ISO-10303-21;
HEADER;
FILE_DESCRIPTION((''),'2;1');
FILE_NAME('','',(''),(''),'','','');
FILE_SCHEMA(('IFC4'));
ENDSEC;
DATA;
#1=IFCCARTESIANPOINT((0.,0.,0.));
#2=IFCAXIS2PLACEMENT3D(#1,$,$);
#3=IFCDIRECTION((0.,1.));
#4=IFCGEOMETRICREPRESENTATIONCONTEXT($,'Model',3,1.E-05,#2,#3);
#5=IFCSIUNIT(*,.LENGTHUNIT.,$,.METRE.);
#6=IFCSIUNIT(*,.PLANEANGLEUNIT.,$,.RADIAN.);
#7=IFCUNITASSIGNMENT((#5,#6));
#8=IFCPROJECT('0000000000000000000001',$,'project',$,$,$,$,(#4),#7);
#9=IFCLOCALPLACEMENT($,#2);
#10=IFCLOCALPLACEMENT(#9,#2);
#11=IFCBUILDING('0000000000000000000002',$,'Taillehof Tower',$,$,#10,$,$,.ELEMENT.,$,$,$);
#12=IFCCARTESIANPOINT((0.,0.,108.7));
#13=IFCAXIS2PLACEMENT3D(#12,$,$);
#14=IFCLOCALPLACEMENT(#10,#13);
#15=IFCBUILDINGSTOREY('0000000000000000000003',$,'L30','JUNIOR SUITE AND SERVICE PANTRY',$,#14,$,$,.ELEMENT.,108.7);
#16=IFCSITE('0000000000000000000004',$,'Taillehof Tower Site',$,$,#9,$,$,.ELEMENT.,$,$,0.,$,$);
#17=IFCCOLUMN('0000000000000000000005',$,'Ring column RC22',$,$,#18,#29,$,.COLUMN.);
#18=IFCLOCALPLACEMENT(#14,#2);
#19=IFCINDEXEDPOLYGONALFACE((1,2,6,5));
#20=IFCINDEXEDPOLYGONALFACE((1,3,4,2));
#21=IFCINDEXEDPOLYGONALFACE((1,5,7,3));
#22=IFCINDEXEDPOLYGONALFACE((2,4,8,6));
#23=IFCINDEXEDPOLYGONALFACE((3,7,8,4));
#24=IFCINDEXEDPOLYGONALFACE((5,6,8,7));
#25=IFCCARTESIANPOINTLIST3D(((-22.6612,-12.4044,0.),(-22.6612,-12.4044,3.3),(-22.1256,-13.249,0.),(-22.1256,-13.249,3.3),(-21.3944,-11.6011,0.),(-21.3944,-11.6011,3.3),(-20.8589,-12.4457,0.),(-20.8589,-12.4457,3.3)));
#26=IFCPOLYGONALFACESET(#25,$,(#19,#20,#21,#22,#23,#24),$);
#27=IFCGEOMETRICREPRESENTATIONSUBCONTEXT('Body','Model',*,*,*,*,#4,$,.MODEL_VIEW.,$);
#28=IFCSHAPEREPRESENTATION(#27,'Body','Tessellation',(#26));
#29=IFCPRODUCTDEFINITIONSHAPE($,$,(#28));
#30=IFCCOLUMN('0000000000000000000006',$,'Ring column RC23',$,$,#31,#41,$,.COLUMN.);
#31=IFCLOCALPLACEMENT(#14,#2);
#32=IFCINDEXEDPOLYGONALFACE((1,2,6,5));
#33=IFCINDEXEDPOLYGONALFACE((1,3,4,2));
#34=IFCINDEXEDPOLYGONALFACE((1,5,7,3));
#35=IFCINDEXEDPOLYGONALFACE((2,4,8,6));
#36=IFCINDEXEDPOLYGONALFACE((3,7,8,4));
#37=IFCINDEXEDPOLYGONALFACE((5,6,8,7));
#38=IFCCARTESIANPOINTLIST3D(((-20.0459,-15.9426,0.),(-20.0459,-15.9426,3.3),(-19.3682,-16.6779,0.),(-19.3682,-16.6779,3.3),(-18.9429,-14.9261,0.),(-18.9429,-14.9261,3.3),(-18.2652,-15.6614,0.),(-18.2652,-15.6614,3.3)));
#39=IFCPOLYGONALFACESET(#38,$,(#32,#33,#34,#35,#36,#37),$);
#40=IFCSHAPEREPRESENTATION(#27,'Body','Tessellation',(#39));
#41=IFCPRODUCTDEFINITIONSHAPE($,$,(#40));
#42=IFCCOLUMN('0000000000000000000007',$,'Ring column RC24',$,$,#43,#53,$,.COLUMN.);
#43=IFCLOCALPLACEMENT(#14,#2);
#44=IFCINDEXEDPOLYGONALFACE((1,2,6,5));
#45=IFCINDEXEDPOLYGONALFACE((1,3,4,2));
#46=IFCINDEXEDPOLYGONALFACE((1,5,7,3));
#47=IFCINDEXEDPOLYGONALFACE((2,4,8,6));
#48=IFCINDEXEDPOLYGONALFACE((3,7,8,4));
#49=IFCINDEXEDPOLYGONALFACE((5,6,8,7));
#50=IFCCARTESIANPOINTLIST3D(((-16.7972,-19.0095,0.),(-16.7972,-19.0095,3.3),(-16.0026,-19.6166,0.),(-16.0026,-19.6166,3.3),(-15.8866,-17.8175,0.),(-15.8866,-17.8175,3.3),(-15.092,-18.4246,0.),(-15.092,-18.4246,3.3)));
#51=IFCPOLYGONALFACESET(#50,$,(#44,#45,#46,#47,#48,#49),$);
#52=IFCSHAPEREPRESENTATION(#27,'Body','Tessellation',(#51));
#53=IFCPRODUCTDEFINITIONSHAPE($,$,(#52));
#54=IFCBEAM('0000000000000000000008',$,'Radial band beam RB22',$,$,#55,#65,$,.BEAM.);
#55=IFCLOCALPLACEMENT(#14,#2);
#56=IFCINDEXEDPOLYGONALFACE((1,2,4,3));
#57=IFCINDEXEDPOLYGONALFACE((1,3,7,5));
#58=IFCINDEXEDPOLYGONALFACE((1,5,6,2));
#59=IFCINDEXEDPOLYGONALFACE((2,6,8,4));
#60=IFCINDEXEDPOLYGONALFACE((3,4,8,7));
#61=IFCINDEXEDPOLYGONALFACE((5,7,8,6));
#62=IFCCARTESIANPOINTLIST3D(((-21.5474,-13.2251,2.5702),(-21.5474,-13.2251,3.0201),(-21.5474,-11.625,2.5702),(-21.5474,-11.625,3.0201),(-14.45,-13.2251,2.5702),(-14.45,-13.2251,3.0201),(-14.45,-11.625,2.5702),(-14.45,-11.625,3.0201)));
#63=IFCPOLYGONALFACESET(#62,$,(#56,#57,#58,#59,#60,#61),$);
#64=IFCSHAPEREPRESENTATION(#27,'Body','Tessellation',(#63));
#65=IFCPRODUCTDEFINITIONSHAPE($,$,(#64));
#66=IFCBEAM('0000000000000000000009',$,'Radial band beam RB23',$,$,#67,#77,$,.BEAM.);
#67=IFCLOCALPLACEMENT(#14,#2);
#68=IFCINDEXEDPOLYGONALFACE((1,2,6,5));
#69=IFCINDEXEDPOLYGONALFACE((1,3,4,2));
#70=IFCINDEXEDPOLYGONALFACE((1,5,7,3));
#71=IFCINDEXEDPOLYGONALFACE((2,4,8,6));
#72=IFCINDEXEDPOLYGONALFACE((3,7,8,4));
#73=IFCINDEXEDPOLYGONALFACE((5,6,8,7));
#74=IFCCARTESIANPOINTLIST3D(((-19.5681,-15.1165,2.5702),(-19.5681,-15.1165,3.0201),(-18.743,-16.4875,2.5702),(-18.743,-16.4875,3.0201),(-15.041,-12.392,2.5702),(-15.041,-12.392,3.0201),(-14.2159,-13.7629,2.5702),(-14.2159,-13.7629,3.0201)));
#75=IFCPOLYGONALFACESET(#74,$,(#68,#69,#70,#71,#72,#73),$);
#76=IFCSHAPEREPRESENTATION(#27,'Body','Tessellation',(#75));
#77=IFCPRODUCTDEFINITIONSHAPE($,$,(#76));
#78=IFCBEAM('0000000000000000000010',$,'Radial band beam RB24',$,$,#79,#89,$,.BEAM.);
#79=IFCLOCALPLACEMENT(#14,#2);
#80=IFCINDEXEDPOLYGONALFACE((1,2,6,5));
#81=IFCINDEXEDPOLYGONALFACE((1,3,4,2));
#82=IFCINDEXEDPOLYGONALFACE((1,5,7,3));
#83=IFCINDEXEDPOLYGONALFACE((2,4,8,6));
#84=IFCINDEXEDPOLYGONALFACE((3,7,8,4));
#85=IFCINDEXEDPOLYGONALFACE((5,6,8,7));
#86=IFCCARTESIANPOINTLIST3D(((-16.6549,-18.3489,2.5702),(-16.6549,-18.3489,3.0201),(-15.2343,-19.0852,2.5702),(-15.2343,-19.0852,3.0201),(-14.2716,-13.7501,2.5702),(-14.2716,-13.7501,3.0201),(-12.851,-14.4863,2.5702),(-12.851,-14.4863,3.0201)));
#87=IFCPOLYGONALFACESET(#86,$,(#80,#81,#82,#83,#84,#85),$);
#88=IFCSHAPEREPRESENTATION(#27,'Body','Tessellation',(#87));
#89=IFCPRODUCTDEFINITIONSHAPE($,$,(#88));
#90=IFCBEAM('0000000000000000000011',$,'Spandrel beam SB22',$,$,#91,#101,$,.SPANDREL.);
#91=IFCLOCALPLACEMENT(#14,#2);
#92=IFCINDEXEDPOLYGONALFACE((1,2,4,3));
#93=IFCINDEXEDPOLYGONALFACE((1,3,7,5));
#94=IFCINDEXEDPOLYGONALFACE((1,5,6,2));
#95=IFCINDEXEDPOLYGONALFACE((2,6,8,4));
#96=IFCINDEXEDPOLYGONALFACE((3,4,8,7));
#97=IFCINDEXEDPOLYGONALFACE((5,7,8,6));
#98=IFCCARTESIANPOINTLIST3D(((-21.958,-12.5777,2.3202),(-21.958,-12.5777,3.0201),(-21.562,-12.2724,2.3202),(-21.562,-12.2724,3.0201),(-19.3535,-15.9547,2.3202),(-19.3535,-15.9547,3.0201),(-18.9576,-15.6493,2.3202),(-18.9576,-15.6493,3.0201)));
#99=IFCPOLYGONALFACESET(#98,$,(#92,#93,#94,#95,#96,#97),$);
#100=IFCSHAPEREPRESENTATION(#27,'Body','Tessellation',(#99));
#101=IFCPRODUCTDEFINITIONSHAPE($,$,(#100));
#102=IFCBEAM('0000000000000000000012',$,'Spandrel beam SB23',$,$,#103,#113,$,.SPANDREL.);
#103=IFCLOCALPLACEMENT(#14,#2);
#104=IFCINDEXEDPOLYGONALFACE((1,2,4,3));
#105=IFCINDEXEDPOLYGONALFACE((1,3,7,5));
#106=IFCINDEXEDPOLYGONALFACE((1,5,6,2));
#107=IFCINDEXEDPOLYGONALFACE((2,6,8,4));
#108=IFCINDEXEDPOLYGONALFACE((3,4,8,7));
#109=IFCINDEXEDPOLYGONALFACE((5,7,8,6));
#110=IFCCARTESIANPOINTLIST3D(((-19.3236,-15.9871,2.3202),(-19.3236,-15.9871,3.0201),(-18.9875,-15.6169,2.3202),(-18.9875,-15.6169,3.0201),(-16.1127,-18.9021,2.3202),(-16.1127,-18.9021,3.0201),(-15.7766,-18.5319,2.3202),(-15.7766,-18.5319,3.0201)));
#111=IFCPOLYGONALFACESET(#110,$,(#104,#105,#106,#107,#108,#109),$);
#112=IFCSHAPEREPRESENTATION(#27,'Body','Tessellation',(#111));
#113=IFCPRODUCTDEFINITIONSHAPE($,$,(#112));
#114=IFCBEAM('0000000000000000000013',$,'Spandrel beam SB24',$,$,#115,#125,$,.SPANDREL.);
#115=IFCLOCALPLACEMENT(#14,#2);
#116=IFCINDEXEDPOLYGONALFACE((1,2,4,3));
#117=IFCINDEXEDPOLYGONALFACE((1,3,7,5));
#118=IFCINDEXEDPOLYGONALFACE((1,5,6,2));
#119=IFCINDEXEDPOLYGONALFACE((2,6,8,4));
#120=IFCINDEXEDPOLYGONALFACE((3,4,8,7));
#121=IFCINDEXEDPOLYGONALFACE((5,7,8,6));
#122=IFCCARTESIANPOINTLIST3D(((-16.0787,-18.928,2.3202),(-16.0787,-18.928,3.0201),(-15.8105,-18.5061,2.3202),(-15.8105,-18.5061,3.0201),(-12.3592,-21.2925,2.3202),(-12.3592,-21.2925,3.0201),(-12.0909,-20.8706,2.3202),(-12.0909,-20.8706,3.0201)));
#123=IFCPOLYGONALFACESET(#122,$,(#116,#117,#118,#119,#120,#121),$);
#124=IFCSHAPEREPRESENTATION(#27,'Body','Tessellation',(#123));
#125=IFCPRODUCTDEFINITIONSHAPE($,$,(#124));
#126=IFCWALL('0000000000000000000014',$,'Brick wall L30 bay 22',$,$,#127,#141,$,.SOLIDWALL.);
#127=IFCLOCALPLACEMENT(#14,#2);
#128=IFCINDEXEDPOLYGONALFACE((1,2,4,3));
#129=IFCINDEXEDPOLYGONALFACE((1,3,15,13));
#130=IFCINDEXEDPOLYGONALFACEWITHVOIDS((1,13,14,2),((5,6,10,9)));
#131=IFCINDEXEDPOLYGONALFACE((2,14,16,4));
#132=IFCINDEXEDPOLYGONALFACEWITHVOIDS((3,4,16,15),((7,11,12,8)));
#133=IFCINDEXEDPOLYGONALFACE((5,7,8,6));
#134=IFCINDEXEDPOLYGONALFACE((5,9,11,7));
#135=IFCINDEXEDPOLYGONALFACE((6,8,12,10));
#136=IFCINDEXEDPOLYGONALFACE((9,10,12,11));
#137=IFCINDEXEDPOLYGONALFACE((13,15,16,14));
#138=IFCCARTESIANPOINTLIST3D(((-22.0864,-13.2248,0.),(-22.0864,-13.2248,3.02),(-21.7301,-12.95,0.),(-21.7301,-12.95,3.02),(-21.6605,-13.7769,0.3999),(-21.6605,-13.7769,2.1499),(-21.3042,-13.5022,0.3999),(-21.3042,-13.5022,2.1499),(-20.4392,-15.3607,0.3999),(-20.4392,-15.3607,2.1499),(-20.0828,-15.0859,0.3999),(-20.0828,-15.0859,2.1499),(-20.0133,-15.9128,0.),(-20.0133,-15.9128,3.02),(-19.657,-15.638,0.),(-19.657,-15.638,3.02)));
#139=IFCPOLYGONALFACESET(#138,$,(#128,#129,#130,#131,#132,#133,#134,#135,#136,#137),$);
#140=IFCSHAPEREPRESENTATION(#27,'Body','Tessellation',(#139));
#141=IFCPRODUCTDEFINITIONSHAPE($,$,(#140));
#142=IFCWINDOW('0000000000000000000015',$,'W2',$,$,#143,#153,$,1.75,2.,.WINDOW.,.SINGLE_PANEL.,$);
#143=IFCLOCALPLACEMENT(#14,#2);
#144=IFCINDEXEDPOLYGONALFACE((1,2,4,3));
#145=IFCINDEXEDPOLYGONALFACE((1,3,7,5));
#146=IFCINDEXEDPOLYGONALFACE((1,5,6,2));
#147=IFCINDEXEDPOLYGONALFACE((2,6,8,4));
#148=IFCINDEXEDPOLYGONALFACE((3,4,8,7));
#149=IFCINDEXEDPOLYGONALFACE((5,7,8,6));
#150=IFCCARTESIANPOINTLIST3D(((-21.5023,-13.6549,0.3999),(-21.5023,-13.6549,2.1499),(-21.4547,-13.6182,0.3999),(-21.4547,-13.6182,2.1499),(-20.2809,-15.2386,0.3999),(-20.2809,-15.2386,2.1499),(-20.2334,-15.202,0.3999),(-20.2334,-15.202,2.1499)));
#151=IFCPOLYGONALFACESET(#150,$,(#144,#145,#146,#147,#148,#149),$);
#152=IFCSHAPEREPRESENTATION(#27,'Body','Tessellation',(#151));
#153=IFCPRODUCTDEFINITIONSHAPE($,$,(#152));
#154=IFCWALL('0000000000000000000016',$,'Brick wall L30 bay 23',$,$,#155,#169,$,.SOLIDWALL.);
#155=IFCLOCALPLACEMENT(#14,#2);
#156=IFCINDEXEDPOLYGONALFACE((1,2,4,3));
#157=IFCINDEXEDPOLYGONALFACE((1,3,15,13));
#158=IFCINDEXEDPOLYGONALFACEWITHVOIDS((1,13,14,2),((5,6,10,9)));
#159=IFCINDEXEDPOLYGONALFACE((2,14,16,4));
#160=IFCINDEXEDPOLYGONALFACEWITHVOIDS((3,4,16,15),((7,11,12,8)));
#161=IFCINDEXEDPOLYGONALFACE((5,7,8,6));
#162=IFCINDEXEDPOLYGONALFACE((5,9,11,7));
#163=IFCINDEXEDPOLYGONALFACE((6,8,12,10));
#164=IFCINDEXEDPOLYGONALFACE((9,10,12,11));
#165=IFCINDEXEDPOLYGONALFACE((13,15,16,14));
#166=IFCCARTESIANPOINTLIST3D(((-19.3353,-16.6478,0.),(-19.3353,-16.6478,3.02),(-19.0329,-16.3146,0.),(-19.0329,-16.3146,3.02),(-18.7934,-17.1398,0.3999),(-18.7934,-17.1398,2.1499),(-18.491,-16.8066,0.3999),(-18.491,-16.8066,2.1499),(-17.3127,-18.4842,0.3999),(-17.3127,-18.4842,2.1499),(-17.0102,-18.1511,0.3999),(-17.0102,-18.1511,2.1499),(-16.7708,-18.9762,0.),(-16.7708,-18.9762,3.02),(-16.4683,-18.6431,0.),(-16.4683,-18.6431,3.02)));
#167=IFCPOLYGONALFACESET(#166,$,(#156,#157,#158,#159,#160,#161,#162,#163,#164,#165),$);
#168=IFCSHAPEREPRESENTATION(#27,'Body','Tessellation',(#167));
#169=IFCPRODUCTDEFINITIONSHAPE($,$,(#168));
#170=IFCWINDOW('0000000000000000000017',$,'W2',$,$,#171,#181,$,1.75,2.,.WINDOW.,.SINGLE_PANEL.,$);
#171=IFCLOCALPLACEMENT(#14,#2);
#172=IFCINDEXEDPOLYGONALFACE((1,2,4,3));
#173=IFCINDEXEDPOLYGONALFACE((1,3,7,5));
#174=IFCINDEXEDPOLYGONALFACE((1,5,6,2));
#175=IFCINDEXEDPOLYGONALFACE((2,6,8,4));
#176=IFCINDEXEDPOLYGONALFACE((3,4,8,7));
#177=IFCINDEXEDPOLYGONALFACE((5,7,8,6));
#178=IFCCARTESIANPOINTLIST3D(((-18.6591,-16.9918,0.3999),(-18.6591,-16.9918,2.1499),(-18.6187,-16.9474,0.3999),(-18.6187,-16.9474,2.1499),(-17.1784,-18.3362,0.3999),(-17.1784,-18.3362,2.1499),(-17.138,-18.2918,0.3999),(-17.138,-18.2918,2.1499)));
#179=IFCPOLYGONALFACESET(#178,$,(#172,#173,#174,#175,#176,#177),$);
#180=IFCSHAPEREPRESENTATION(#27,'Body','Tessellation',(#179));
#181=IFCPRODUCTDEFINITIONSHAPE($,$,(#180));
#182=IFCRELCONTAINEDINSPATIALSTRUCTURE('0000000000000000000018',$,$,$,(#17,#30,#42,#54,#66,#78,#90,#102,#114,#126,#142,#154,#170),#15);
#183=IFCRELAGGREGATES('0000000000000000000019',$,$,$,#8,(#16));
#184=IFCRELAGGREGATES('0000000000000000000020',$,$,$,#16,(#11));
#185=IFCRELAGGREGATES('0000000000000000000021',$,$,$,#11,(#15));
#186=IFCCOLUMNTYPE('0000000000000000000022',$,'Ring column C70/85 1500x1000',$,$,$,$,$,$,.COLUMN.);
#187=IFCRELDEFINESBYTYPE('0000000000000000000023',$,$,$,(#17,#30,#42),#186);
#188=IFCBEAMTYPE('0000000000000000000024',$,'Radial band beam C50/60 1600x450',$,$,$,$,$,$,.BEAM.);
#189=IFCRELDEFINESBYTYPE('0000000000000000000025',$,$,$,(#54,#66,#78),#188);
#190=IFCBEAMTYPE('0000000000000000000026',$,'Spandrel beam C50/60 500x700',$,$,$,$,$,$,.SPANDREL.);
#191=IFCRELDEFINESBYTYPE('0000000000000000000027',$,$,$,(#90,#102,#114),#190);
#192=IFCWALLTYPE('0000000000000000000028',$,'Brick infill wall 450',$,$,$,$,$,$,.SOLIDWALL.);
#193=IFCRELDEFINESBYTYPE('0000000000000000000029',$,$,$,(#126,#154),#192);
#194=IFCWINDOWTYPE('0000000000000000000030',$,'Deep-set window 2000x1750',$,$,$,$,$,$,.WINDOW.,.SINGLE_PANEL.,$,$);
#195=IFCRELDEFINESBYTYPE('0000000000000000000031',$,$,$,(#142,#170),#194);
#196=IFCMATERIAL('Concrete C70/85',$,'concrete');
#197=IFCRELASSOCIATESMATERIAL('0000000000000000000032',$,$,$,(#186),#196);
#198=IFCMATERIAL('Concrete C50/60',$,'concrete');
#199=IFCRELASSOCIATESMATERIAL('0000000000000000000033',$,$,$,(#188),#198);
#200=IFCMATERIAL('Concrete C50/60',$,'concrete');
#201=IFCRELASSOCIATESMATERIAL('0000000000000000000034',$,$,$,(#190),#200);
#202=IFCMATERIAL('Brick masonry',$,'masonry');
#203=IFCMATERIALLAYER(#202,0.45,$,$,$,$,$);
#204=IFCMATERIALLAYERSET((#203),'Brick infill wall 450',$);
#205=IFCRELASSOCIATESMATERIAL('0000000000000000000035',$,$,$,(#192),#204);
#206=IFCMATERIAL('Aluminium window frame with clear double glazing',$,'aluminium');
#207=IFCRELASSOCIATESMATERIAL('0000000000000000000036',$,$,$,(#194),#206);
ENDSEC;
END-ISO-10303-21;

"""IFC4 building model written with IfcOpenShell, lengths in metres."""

from ifc_helpers import new_model, si_unit, direction, frame, frame_2d, origin, origin_2d, place, context, subcontext, project, spatial, rectangle, extrude, material, layer, layer_set, material_profile, profile_set, type_object, element, fill, save


model = new_model("IFC4")

# Units and contexts
model_context = context("Model", 3, precision=1e-05, world=origin(), true_north=direction((0.0, 1.0)))
body_context = subcontext(model_context, "Body", "Model", "MODEL_VIEW")
ifc_project = project(units=[si_unit("LENGTHUNIT", "METRE"), si_unit("PLANEANGLEUNIT", "RADIAN")], contexts=[model_context])

# Site, building, storey
site_placement = place(None, origin())
site = spatial("IfcSite", under=ifc_project, at=site_placement, Name="Taillehof Tower Site", CompositionType="ELEMENT", RefElevation=0.0)
building_placement = place(site_placement, origin())
building = spatial("IfcBuilding", under=site, at=building_placement, Name="Taillehof Tower", CompositionType="ELEMENT")
storey_placement = place(building_placement, frame((0.0, 0.0, 108.7)))
storey = spatial("IfcBuildingStorey", under=building, at=storey_placement, Name="L30", Description="JUNIOR SUITE AND SERVICE PANTRY", CompositionType="ELEMENT", Elevation=108.7)

# Columns
ifc_material_1 = material(Name="Concrete C70/85", Category="concrete")
ifc_material_profile_1 = material_profile(ifc_material_1, rectangle(XDim=1.5, YDim=1.0, at=origin_2d()), Name="RC 1500x1000")
ifc_profile_set_1 = profile_set([ifc_material_profile_1], Name="Concrete C70/85")
column_type = type_object("IfcColumnType", Name="Ring column C70/85 1500x1000", PredefinedType="COLUMN", material=ifc_profile_set_1)
for number, where, z_axis, x_axis, name in (
    (1, (-21.76, -12.425, 0.0), (0.0, 0.0, 1.0), (-0.844511, -0.535537, 0.0), "Ring column RC22"),
    (2, (-19.1555, -15.802, 0.0), (0.0, 0.0, 1.0), (-0.735332, -0.677707, 0.0), "Ring column RC23"),
    (3, (-15.9446, -18.717, 0.0), (0.0, 0.0, 1.0), (-0.607074, -0.794645, 0.0), "Ring column RC24"),
):
    element("IfcColumn", number, at=place(storey_placement, frame(where, z_axis=z_axis, x_axis=x_axis)), inside=storey, type_object=column_type, Name=name, PredefinedType="COLUMN", context=body_context, shape_type="SweptSolid", body=[
        extrude(rectangle(XDim=1.5, YDim=1.0, at=origin_2d()), origin(), (0.0, 0.0, 1.0), 3.3),
    ])

# Beams
ifc_material_2 = material(Name="Concrete C50/60", Category="concrete")
ifc_material_profile_2 = material_profile(ifc_material_2, rectangle(XDim=1.6001, YDim=0.45, at=origin_2d()), Name="RC 1600x450")
ifc_profile_set_2 = profile_set([ifc_material_profile_2], Name="Concrete C50/60")
beam_type_1 = type_object("IfcBeamType", Name="Radial band beam C50/60 1600x450", PredefinedType="BEAM", material=ifc_profile_set_2)
beam_1_placement = place(storey_placement, frame((-21.5474, -12.425, 2.7952), z_axis=(1.0, 0.0, 0.0), x_axis=(0.0, 1.0, 0.0)))
element("IfcBeam", 4, at=beam_1_placement, inside=storey, type_object=beam_type_1, Name="Radial band beam RB22", PredefinedType="BEAM", context=body_context, shape_type="SweptSolid", body=[
    extrude(rectangle(XDim=1.6001, YDim=0.45, at=origin_2d()), origin(), (0.0, 0.0, 1.0), 7.0974),
])
beam_2_placement = place(storey_placement, frame((-19.1555, -15.802, 2.7952), z_axis=(0.856795, 0.515657, 0.0), x_axis=(-0.515657, 0.856795, 0.0)))
element("IfcBeam", 5, at=beam_2_placement, inside=storey, type_object=beam_type_1, Name="Radial band beam RB23", PredefinedType="BEAM", context=body_context, shape_type="SweptSolid", body=[
    extrude(rectangle(XDim=1.6001, YDim=0.45, at=origin_2d()), origin(), (0.0, 0.0, 1.0), 5.2837),
])
beam_3_placement = place(storey_placement, frame((-15.9446, -18.717, 2.7952), z_axis=(0.460119, 0.887857, 0.0), x_axis=(-0.887857, 0.460119, 0.0)))
element("IfcBeam", 6, at=beam_3_placement, inside=storey, type_object=beam_type_1, Name="Radial band beam RB24", PredefinedType="BEAM", context=body_context, shape_type="SweptSolid", body=[
    extrude(rectangle(XDim=1.6001, YDim=0.45, at=origin_2d()), origin(), (0.0, 0.0, 1.0), 5.1797),
])
ifc_material_3 = material(Name="Concrete C50/60", Category="concrete")
ifc_material_profile_3 = material_profile(ifc_material_3, rectangle(XDim=0.5, YDim=0.7, at=origin_2d()), Name="RC 500x700")
ifc_profile_set_3 = profile_set([ifc_material_profile_3], Name="Concrete C50/60")
beam_type_2 = type_object("IfcBeamType", Name="Spandrel beam C50/60 500x700", PredefinedType="SPANDREL", material=ifc_profile_set_3)
beam_4_placement = place(storey_placement, frame((-21.76, -12.425, 2.6702), z_axis=(0.610717, -0.791849, 0.0), x_axis=(0.791849, 0.610717, 0.0)))
element("IfcBeam", 7, at=beam_4_placement, inside=storey, type_object=beam_type_2, Name="Spandrel beam SB22", PredefinedType="SPANDREL", context=body_context, shape_type="SweptSolid", body=[
    extrude(rectangle(XDim=0.5, YDim=0.7, at=origin_2d()), origin(), (0.0, 0.0, 1.0), 4.2646),
])
beam_5_placement = place(storey_placement, frame((-19.1555, -15.802, 2.6702), z_axis=(0.740398, -0.672168, 0.0), x_axis=(0.672168, 0.740398, 0.0)))
element("IfcBeam", 8, at=beam_5_placement, inside=storey, type_object=beam_type_2, Name="Spandrel beam SB23", PredefinedType="SPANDREL", context=body_context, shape_type="SweptSolid", body=[
    extrude(rectangle(XDim=0.5, YDim=0.7, at=origin_2d()), origin(), (0.0, 0.0, 1.0), 4.3367),
])
beam_6_placement = place(storey_placement, frame((-15.9446, -18.717, 2.6702), z_axis=(0.843912, -0.536481, 0.0), x_axis=(0.536481, 0.843912, 0.0)))
element("IfcBeam", 9, at=beam_6_placement, inside=storey, type_object=beam_type_2, Name="Spandrel beam SB24", PredefinedType="SPANDREL", context=body_context, shape_type="SweptSolid", body=[
    extrude(rectangle(XDim=0.5, YDim=0.7, at=origin_2d()), origin(), (0.0, 0.0, 1.0), 4.4075),
])

# Walls, openings, windows
ifc_material_4 = material(Name="Brick masonry", Category="masonry")
ifc_layer_1 = layer(ifc_material_4, 0.45)
ifc_layer_set_1 = layer_set([ifc_layer_1], Name="Brick infill wall 450")
wall_type_1 = type_object("IfcWallType", Name="Brick infill wall 450", PredefinedType="SOLIDWALL", material=ifc_layer_set_1)
wall_1_placement = place(storey_placement, frame((-21.9082, -13.0874, 0.0), z_axis=(0.0, 0.0, 1.0), x_axis=(0.610694, -0.791867, 0.0)))
wall_1 = element("IfcWall", 10, at=wall_1_placement, inside=storey, type_object=wall_type_1, Name="Brick wall L30 bay 22", PredefinedType="SOLIDWALL", context=body_context, shape_type="SweptSolid", body=[
    extrude(rectangle(XDim=3.3945, YDim=0.45, at=frame_2d((1.6973, 0.0))), origin(), (0.0, 0.0, 1.0), 3.02),
])
opening_1_placement = place(wall_1_placement, frame((0.6973, 0.0, 0.3999)))
opening_1 = element("IfcOpeningElement", 11, at=opening_1_placement, cuts=wall_1, PredefinedType="OPENING", context=body_context, shape_type="SweptSolid", body=[
    extrude(rectangle(XDim=2.0, YDim=1.75, at=frame_2d((1.0, 0.875))), frame((0.0, 0.2349, 0.0), z_axis=(0.0, -1.0, 0.0), x_axis=(1.0, 0.0, 0.0)), (0.0, 0.0, 1.0), 0.47),
])
ifc_material_5 = material(Name="Aluminium window frame with clear double glazing", Category="aluminium")
window_type = type_object("IfcWindowType", Name="Deep-set window 2000x1750", PartitioningType="SINGLE_PANEL", PredefinedType="WINDOW", material=ifc_material_5)
window_1_placement = place(opening_1_placement, origin())
window_1 = element("IfcWindow", 12, at=window_1_placement, inside=storey, type_object=window_type, Name="W2", OverallHeight=1.75, OverallWidth=2.0, PartitioningType="SINGLE_PANEL", PredefinedType="WINDOW", context=body_context, shape_type="SweptSolid", body=[
    extrude(rectangle(XDim=2.0, YDim=1.75, at=frame_2d((1.0, 0.875))), frame((0.0, 0.0349, 0.0), z_axis=(0.0, -1.0, 0.0), x_axis=(1.0, 0.0, 0.0)), (0.0, 0.0, 1.0), 0.0601),
])
fill(opening_1, window_1)
wall_2_placement = place(storey_placement, frame((-19.1841, -16.4812, 0.0), z_axis=(0.0, 0.0, 1.0), x_axis=(0.740364, -0.672206, 0.0)))
wall_2 = element("IfcWall", 13, at=wall_2_placement, inside=storey, type_object=wall_type_1, Name="Brick wall L30 bay 23", PredefinedType="SOLIDWALL", context=body_context, shape_type="SweptSolid", body=[
    extrude(rectangle(XDim=3.4639, YDim=0.45, at=frame_2d((1.7319, 0.0))), origin(), (0.0, 0.0, 1.0), 3.02),
])
opening_2_placement = place(wall_2_placement, frame((0.7319, 0.0, 0.3999)))
opening_2 = element("IfcOpeningElement", 14, at=opening_2_placement, cuts=wall_2, PredefinedType="OPENING", context=body_context, shape_type="SweptSolid", body=[
    extrude(rectangle(XDim=2.0, YDim=1.75, at=frame_2d((1.0, 0.875))), frame((0.0, 0.2349, 0.0), z_axis=(0.0, -1.0, 0.0), x_axis=(1.0, 0.0, 0.0)), (0.0, 0.0, 1.0), 0.47),
])
window_2_placement = place(opening_2_placement, origin())
window_2 = element("IfcWindow", 15, at=window_2_placement, inside=storey, type_object=window_type, Name="W2", OverallHeight=1.75, OverallWidth=2.0, PartitioningType="SINGLE_PANEL", PredefinedType="WINDOW", context=body_context, shape_type="SweptSolid", body=[
    extrude(rectangle(XDim=2.0, YDim=1.75, at=frame_2d((1.0, 0.875))), frame((0.0, 0.0349, 0.0), z_axis=(0.0, -1.0, 0.0), x_axis=(1.0, 0.0, 0.0)), (0.0, 0.0, 1.0), 0.0601),
])
fill(opening_2, window_2)

save(model, "model.ifc")
